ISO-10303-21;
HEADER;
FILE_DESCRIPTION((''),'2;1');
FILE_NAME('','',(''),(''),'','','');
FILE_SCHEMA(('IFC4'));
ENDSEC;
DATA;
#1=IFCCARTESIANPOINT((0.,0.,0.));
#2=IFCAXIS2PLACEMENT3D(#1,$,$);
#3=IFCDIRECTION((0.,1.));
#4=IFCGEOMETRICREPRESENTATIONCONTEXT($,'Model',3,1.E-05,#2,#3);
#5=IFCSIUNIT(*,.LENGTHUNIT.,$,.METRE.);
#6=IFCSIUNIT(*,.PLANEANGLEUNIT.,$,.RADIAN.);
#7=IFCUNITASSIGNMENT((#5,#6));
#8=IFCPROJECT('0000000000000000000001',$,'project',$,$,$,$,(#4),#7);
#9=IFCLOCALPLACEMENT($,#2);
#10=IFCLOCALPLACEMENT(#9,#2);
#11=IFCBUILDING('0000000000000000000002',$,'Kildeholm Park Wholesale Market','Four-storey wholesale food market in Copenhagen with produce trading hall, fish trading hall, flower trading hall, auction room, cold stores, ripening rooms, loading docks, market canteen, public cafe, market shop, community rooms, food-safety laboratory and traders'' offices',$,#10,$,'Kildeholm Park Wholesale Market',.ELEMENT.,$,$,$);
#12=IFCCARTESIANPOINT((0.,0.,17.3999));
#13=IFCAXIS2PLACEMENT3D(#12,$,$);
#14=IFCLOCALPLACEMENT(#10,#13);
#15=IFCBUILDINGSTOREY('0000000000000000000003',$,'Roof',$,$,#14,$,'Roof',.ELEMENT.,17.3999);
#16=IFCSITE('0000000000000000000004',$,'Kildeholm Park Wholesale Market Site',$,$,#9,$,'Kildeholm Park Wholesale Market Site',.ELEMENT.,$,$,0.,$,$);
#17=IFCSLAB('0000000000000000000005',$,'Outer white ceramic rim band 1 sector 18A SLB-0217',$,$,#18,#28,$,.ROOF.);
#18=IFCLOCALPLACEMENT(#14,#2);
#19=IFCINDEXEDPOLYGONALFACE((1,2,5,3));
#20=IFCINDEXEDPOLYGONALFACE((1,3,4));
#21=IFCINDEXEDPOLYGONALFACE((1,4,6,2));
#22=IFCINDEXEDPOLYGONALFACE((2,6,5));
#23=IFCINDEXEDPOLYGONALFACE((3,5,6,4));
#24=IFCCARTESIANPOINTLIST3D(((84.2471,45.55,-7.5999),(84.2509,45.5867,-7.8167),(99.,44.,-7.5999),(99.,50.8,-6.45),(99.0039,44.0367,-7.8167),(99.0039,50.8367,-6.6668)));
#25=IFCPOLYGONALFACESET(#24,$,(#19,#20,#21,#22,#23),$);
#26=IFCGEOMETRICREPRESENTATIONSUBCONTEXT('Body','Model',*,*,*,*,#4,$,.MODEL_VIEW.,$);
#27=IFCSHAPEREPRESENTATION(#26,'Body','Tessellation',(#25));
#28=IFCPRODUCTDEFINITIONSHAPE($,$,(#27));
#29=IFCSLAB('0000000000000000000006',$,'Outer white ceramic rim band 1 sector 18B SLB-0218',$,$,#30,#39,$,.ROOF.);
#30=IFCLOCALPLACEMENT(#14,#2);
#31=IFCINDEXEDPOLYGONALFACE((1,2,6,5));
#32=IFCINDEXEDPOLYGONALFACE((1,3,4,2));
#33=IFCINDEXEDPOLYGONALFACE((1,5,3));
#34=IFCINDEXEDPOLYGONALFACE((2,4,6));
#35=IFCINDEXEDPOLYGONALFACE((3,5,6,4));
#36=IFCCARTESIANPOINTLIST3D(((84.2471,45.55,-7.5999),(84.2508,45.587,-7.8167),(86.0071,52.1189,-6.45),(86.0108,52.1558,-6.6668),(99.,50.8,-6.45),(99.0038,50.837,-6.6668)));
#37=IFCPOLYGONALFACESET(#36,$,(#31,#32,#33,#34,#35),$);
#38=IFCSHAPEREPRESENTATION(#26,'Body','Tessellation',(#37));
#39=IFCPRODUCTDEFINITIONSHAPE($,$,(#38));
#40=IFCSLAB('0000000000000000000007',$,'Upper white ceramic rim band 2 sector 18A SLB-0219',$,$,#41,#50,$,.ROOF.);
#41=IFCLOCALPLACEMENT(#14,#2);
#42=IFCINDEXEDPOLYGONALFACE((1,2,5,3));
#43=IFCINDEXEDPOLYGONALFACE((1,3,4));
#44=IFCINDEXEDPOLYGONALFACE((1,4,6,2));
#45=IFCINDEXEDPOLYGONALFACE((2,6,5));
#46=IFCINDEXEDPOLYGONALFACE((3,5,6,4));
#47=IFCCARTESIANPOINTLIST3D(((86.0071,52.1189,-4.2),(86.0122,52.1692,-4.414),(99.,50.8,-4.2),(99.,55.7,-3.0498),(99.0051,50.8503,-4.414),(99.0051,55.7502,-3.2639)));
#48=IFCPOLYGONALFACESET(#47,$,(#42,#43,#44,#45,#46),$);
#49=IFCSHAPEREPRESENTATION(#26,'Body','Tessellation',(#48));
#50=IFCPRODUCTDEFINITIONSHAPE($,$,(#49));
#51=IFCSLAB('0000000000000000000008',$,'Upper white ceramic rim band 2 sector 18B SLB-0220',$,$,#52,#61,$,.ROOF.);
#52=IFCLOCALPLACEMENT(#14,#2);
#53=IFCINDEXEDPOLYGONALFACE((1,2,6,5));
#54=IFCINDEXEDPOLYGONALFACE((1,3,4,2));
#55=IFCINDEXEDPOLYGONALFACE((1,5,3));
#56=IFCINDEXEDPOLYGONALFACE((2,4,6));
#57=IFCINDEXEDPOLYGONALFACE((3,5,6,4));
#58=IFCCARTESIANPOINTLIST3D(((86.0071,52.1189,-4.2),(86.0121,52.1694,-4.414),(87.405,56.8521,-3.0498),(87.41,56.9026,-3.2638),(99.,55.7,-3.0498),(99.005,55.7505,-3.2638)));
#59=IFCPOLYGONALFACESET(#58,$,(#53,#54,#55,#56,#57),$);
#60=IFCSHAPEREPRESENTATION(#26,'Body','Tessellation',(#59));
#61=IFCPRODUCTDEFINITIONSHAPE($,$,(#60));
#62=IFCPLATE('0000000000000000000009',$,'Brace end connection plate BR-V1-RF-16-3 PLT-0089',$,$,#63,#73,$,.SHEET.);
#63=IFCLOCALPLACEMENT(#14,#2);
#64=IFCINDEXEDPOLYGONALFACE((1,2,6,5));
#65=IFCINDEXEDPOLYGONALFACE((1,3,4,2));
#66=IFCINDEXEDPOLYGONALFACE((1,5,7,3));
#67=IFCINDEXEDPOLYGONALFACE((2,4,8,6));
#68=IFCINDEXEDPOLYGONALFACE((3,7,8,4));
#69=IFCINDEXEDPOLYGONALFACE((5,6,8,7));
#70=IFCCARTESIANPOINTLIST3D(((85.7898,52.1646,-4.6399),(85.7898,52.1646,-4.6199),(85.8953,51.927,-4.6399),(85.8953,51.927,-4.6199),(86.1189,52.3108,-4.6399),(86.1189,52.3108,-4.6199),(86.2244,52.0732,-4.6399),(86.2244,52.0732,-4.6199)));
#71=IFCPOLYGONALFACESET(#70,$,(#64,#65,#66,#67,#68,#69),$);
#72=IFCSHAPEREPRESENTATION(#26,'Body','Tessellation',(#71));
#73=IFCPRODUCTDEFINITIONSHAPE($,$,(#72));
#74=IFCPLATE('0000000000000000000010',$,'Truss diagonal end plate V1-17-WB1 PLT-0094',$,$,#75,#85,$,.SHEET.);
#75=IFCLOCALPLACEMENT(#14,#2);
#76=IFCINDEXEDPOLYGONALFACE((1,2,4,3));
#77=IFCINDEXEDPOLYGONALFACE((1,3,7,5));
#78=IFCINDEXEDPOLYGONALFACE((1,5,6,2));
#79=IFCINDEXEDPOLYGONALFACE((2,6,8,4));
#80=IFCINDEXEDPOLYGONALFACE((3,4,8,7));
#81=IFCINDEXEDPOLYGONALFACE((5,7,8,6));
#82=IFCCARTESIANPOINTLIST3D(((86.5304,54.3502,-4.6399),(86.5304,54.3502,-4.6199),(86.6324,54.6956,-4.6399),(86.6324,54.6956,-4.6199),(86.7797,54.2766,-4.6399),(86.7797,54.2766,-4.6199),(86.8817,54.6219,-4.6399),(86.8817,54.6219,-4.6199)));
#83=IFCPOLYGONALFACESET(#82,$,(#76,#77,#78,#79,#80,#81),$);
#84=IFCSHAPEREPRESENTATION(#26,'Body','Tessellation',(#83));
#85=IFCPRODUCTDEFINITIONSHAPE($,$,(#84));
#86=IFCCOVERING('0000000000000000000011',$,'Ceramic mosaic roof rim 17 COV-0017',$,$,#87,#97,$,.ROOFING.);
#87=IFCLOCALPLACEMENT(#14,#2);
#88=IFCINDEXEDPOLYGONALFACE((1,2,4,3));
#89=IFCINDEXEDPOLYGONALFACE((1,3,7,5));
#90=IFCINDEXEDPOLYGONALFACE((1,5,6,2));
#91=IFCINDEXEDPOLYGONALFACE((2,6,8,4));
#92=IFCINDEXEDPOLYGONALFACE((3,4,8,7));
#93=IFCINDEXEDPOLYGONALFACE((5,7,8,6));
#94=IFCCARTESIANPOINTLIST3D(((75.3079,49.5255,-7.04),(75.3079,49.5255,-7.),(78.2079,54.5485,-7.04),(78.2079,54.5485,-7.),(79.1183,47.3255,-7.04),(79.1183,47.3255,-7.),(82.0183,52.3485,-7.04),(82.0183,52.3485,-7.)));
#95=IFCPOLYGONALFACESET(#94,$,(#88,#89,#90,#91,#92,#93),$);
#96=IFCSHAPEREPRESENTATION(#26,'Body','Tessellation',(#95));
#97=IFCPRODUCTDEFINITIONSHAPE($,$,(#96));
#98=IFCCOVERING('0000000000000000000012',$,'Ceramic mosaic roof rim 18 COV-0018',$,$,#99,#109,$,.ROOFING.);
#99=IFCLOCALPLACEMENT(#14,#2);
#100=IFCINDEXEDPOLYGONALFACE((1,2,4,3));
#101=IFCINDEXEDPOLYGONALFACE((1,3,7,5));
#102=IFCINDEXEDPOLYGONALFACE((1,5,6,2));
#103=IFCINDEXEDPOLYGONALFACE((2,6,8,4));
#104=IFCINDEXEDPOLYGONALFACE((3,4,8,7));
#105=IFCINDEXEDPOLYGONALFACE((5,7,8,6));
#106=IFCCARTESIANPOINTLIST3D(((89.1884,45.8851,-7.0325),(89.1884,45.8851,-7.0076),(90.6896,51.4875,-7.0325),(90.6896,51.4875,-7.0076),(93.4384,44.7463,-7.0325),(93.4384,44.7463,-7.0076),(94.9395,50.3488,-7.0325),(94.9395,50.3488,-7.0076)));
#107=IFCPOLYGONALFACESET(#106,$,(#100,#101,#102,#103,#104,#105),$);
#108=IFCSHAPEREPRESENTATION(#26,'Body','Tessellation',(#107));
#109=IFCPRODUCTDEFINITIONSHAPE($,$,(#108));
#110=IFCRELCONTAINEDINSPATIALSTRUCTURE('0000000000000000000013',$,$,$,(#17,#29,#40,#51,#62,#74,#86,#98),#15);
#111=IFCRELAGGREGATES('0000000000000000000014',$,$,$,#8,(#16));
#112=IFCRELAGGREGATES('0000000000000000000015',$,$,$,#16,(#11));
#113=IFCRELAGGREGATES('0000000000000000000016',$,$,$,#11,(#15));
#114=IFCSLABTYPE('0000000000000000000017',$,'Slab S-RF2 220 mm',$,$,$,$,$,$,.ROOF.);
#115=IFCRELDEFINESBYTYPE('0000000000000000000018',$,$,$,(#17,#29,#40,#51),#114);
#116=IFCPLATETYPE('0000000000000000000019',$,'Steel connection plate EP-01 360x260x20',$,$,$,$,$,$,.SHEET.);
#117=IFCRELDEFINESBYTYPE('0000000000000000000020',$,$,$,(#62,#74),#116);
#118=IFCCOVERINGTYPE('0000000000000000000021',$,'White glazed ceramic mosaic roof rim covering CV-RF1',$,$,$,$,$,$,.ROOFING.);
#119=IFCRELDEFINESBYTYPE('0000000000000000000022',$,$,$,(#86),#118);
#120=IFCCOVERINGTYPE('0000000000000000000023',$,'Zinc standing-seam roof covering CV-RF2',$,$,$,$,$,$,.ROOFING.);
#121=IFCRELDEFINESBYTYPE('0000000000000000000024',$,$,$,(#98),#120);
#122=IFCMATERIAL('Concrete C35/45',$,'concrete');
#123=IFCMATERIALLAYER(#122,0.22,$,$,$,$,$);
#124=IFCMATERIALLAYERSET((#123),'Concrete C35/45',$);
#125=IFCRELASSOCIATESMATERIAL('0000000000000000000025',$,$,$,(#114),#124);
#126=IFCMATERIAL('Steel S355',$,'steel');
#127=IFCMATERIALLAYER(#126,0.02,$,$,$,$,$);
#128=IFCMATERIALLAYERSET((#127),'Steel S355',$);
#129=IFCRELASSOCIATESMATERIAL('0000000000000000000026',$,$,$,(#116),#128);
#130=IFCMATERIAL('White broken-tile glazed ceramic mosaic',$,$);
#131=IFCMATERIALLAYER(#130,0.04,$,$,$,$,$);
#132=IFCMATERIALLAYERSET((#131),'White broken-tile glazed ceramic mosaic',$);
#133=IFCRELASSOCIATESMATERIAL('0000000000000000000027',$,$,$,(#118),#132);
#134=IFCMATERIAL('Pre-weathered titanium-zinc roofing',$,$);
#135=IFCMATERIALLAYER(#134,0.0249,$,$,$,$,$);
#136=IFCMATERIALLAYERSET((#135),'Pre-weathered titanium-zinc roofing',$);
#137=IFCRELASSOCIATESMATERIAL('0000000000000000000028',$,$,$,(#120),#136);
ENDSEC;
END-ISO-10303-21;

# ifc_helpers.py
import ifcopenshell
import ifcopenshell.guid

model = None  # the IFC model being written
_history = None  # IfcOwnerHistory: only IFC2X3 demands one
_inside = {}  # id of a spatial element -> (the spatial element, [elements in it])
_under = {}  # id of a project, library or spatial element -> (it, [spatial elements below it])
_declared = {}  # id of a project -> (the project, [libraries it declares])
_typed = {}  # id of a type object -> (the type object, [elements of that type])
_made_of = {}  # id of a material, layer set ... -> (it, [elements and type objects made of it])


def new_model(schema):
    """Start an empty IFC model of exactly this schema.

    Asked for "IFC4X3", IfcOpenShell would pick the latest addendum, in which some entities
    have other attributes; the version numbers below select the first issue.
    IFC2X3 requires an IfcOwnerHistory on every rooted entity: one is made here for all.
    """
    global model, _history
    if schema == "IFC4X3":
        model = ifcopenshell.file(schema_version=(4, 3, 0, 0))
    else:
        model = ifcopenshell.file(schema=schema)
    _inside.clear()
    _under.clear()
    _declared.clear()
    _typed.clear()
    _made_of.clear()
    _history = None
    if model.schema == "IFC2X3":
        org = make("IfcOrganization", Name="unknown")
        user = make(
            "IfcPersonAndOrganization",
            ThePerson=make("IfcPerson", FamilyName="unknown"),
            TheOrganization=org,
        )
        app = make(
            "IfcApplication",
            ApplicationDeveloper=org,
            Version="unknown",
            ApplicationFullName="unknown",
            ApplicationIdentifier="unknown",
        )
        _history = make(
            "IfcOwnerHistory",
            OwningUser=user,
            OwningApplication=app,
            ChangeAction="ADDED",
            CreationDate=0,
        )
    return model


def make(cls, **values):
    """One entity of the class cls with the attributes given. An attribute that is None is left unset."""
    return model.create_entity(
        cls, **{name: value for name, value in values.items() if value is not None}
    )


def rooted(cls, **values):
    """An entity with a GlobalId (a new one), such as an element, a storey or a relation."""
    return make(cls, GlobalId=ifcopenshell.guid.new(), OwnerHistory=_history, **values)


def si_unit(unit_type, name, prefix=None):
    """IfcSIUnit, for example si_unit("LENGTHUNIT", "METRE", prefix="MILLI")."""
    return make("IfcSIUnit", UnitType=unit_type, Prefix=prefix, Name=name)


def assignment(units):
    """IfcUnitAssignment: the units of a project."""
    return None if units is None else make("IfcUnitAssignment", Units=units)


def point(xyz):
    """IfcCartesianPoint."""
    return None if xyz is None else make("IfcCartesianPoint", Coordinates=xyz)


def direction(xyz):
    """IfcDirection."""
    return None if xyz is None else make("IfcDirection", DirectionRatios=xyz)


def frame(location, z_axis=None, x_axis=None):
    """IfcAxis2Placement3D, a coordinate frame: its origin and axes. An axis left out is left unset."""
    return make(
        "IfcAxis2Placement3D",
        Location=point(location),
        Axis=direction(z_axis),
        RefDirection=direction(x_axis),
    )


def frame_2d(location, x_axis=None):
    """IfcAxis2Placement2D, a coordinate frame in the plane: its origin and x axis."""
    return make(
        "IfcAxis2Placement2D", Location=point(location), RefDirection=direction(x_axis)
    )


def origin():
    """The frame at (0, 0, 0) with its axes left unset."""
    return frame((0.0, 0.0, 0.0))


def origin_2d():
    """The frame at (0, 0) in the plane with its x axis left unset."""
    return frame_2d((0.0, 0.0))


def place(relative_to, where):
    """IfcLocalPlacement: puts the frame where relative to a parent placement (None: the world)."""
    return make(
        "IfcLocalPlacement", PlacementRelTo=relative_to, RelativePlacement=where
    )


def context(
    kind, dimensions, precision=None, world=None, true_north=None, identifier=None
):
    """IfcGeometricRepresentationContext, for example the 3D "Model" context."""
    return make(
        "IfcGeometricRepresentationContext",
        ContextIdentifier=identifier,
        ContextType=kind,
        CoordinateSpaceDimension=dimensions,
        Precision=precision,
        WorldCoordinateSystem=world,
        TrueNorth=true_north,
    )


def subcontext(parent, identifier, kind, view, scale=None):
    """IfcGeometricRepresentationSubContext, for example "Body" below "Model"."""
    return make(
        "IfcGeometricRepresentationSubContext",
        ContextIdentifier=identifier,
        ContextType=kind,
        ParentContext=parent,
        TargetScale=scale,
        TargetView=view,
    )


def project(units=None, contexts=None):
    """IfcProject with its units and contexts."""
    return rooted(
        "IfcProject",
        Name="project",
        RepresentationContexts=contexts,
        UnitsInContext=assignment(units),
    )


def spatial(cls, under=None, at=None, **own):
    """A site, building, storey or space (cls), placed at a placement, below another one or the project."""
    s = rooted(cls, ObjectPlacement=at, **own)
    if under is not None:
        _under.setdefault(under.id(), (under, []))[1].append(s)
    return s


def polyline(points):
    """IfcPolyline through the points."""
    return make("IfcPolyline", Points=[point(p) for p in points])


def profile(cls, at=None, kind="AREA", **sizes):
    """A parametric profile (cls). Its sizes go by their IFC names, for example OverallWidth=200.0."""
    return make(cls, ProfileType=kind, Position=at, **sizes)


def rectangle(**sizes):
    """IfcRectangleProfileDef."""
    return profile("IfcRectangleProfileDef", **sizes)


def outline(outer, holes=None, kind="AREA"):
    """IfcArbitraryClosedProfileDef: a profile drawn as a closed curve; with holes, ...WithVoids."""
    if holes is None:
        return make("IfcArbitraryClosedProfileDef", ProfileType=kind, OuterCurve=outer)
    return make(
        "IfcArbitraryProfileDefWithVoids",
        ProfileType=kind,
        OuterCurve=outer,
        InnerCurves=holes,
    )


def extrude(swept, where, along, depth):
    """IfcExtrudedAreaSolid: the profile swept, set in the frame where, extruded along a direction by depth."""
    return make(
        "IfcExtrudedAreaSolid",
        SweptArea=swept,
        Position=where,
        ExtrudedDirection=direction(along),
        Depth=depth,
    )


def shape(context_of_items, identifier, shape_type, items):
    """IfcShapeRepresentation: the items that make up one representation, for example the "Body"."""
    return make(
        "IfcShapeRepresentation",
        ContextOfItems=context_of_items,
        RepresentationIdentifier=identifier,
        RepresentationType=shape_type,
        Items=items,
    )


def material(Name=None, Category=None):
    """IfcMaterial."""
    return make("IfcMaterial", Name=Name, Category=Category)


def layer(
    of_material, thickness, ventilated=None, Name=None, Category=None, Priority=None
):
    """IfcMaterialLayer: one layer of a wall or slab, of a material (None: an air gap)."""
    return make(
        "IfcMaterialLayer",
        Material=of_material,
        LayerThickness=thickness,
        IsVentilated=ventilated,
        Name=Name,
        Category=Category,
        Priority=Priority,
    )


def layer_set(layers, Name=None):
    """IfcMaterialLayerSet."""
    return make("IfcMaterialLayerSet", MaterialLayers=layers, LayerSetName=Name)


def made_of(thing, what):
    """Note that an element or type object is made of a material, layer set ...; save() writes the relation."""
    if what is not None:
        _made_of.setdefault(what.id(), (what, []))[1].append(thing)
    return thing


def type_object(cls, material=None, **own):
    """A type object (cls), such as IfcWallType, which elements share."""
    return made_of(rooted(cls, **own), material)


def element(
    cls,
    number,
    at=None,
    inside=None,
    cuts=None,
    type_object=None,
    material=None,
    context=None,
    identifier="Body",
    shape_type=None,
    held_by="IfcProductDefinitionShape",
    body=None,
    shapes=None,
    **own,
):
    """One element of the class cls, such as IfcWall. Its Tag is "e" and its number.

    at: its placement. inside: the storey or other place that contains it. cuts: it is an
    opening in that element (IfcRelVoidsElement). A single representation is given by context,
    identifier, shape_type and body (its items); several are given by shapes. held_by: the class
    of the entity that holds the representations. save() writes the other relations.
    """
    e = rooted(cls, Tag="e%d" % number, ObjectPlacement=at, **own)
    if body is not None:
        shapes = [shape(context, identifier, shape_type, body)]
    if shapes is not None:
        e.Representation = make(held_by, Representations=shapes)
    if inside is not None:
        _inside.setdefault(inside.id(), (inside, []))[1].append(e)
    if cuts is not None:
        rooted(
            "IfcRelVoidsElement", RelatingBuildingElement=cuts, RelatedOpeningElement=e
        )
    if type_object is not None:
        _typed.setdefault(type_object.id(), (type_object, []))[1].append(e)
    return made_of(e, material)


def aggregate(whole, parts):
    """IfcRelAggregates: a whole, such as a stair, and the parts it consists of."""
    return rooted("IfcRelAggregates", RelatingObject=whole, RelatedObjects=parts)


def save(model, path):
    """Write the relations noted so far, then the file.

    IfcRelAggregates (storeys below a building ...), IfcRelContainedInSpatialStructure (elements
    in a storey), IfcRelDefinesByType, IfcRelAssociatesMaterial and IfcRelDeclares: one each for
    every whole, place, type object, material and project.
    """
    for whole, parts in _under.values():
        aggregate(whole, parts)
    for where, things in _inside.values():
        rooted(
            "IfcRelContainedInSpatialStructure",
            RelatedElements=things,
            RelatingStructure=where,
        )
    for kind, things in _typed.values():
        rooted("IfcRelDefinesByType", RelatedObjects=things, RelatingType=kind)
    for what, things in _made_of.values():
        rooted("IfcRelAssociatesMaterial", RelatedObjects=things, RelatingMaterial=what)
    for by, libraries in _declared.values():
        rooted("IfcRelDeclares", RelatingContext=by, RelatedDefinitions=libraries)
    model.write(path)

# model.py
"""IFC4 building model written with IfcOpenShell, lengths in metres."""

from ifc_helpers import new_model, si_unit, direction, frame, origin, origin_2d, place, context, subcontext, project, spatial, polyline, rectangle, outline, extrude, material, layer, layer_set, type_object, element, save


model = new_model("IFC4")

# Units and contexts
model_context = context("Model", 3, precision=1e-05, world=origin(), true_north=direction((0.0, 1.0)))
body_context = subcontext(model_context, "Body", "Model", "MODEL_VIEW")
ifc_project = project(units=[si_unit("LENGTHUNIT", "METRE"), si_unit("PLANEANGLEUNIT", "RADIAN")], contexts=[model_context])

# Site, building, storey
site_placement = place(None, origin())
site = spatial("IfcSite", under=ifc_project, at=site_placement, Name="Kildeholm Park Wholesale Market Site", LongName="Kildeholm Park Wholesale Market Site", CompositionType="ELEMENT", RefElevation=0.0)
building_placement = place(site_placement, origin())
building = spatial("IfcBuilding", under=site, at=building_placement, Name="Kildeholm Park Wholesale Market", Description="Four-storey wholesale food market in Copenhagen with produce trading hall, fish trading hall, flower trading hall, auction room, cold stores, ripening rooms, loading docks, market canteen, public cafe, market shop, community rooms, food-safety laboratory and traders' offices", LongName="Kildeholm Park Wholesale Market", CompositionType="ELEMENT")
storey_placement = place(building_placement, frame((0.0, 0.0, 17.3999)))
storey = spatial("IfcBuildingStorey", under=building, at=storey_placement, Name="Roof", LongName="Roof", CompositionType="ELEMENT", Elevation=17.3999)

# Shared definitions
ifc_material_1 = material(Name="Steel S355", Category="steel")

# Slabs
ifc_material_2 = material(Name="Concrete C35/45", Category="concrete")
ifc_layer_1 = layer(ifc_material_2, 0.22)
ifc_layer_set_1 = layer_set([ifc_layer_1], Name="Concrete C35/45")
slab_type = type_object("IfcSlabType", Name="Slab S-RF2 220 mm", PredefinedType="ROOF", material=ifc_layer_set_1)
slab_1_placement = place(storey_placement, frame((84.2471, 45.55, -7.5999), z_axis=(-0.017516, -0.166709, 0.98585), x_axis=(0.994526, -0.104492, 0.0)))
element("IfcSlab", 1, at=slab_1_placement, inside=storey, type_object=slab_type, Name="Outer white ceramic rim band 1 sector 18A SLB-0217", PredefinedType="ROOF", context=body_context, shape_type="SweptSolid", body=[
    extrude(outline(polyline([(0.0, 0.0), (14.8341, 0.0), (14.1236, 6.8599), (0.0, 0.0)])), origin(), (0.0, 0.0, -1.0), 0.22),
])
slab_2_placement = place(storey_placement, frame((84.2471, 45.55, -7.5999), z_axis=(-0.01705, -0.167973, 0.985644), x_axis=(0.939594, 0.334365, 0.073236)))
element("IfcSlab", 2, at=slab_2_placement, inside=storey, type_object=slab_type, Name="Outer white ceramic rim band 1 sector 18B SLB-0218", PredefinedType="ROOF", context=body_context, shape_type="SweptSolid", body=[
    extrude(outline(polyline([(0.0, 0.0), (15.7014, 0.0), (3.9343, 5.6649), (0.0, 0.0)])), origin(), (0.0, 0.0, -1.0), 0.22),
])
slab_3_placement = place(storey_placement, frame((86.0071, 52.1189, -4.2), z_axis=(-0.023189, -0.228456, 0.973278), x_axis=(0.994888, -0.100986, 0.0)))
element("IfcSlab", 3, at=slab_3_placement, inside=storey, type_object=slab_type, Name="Upper white ceramic rim band 2 sector 18A SLB-0219", PredefinedType="ROOF", context=body_context, shape_type="SweptSolid", body=[
    extrude(outline(polyline([(0.0, 0.0), (13.0597, 0.0), (12.5649, 5.0087), (0.0, 0.0)])), origin(), (0.0, 0.0, -1.0), 0.22),
])
slab_4_placement = place(storey_placement, frame((86.0071, 52.1189, -4.2), z_axis=(-0.022823, -0.229695, 0.972995), x_axis=(0.960562, 0.264746, 0.08503)))
element("IfcSlab", 4, at=slab_4_placement, inside=storey, type_object=slab_type, Name="Upper white ceramic rim band 2 sector 18B SLB-0220", PredefinedType="ROOF", context=body_context, shape_type="SweptSolid", body=[
    extrude(outline(polyline([(0.0, 0.0), (13.5264, 0.0), (2.6937, 4.2923), (0.0, 0.0)])), origin(), (0.0, 0.0, -1.0), 0.22),
])

# Plates
ifc_layer_2 = layer(ifc_material_1, 0.02)
ifc_layer_set_2 = layer_set([ifc_layer_2], Name="Steel S355")
plate_type = type_object("IfcPlateType", Name="Steel connection plate EP-01 360x260x20", PredefinedType="SHEET", material=ifc_layer_set_2)
for number, where, z_axis, x_axis, name in (
    (5, (86.0071, 52.1189, -4.6399), (0.0, 0.0, 1.0), (0.9139, 0.405939, 0.0), "Brace end connection plate BR-V1-RF-16-3 PLT-0089"),
    (6, (86.7061, 54.4861, -4.6399), (0.0, 0.0, 1.0), (0.283346, 0.959018, 0.0), "Truss diagonal end plate V1-17-WB1 PLT-0094"),
):
    element("IfcPlate", number, at=place(storey_placement, frame(where, z_axis=z_axis, x_axis=x_axis)), inside=storey, type_object=plate_type, Name=name, PredefinedType="SHEET", context=body_context, shape_type="SweptSolid", body=[
        extrude(rectangle(XDim=0.3601, YDim=0.26, at=origin_2d()), origin(), (0.0, 0.0, 1.0), 0.02),
    ])

# Coverings
ifc_material_3 = material(Name="White broken-tile glazed ceramic mosaic")
ifc_layer_3 = layer(ifc_material_3, 0.04)
ifc_layer_set_3 = layer_set([ifc_layer_3], Name="White broken-tile glazed ceramic mosaic")
covering_type_1 = type_object("IfcCoveringType", Name="White glazed ceramic mosaic roof rim covering CV-RF1", PredefinedType="ROOFING", material=ifc_layer_set_3)
covering_1_placement = place(storey_placement, frame((78.6631, 50.937, -7.04), z_axis=(0.0, 0.0, 1.0), x_axis=(-0.5, -0.866025, 0.0)))
element("IfcCovering", 7, at=covering_1_placement, inside=storey, type_object=covering_type_1, Name="Ceramic mosaic roof rim 17 COV-0017", PredefinedType="ROOFING", context=body_context, shape_type="SweptSolid", body=[
    extrude(rectangle(XDim=5.8, YDim=4.3999, at=origin_2d()), origin(), (0.0, 0.0, 1.0), 0.04),
])
ifc_material_4 = material(Name="Pre-weathered titanium-zinc roofing")
ifc_layer_4 = layer(ifc_material_4, 0.0249)
ifc_layer_set_4 = layer_set([ifc_layer_4], Name="Pre-weathered titanium-zinc roofing")
covering_type_2 = type_object("IfcCoveringType", Name="Zinc standing-seam roof covering CV-RF2", PredefinedType="ROOFING", material=ifc_layer_set_4)
covering_2_placement = place(storey_placement, frame((92.064, 48.1169, -7.0325), z_axis=(0.0, 0.0, 1.0), x_axis=(-0.258819, -0.965926, 0.0)))
element("IfcCovering", 8, at=covering_2_placement, inside=storey, type_object=covering_type_2, Name="Ceramic mosaic roof rim 18 COV-0018", PredefinedType="ROOFING", context=body_context, shape_type="SweptSolid", body=[
    extrude(rectangle(XDim=5.8, YDim=4.3999, at=origin_2d()), origin(), (0.0, 0.0, 1.0), 0.0249),
])

save(model, "model.ifc")
